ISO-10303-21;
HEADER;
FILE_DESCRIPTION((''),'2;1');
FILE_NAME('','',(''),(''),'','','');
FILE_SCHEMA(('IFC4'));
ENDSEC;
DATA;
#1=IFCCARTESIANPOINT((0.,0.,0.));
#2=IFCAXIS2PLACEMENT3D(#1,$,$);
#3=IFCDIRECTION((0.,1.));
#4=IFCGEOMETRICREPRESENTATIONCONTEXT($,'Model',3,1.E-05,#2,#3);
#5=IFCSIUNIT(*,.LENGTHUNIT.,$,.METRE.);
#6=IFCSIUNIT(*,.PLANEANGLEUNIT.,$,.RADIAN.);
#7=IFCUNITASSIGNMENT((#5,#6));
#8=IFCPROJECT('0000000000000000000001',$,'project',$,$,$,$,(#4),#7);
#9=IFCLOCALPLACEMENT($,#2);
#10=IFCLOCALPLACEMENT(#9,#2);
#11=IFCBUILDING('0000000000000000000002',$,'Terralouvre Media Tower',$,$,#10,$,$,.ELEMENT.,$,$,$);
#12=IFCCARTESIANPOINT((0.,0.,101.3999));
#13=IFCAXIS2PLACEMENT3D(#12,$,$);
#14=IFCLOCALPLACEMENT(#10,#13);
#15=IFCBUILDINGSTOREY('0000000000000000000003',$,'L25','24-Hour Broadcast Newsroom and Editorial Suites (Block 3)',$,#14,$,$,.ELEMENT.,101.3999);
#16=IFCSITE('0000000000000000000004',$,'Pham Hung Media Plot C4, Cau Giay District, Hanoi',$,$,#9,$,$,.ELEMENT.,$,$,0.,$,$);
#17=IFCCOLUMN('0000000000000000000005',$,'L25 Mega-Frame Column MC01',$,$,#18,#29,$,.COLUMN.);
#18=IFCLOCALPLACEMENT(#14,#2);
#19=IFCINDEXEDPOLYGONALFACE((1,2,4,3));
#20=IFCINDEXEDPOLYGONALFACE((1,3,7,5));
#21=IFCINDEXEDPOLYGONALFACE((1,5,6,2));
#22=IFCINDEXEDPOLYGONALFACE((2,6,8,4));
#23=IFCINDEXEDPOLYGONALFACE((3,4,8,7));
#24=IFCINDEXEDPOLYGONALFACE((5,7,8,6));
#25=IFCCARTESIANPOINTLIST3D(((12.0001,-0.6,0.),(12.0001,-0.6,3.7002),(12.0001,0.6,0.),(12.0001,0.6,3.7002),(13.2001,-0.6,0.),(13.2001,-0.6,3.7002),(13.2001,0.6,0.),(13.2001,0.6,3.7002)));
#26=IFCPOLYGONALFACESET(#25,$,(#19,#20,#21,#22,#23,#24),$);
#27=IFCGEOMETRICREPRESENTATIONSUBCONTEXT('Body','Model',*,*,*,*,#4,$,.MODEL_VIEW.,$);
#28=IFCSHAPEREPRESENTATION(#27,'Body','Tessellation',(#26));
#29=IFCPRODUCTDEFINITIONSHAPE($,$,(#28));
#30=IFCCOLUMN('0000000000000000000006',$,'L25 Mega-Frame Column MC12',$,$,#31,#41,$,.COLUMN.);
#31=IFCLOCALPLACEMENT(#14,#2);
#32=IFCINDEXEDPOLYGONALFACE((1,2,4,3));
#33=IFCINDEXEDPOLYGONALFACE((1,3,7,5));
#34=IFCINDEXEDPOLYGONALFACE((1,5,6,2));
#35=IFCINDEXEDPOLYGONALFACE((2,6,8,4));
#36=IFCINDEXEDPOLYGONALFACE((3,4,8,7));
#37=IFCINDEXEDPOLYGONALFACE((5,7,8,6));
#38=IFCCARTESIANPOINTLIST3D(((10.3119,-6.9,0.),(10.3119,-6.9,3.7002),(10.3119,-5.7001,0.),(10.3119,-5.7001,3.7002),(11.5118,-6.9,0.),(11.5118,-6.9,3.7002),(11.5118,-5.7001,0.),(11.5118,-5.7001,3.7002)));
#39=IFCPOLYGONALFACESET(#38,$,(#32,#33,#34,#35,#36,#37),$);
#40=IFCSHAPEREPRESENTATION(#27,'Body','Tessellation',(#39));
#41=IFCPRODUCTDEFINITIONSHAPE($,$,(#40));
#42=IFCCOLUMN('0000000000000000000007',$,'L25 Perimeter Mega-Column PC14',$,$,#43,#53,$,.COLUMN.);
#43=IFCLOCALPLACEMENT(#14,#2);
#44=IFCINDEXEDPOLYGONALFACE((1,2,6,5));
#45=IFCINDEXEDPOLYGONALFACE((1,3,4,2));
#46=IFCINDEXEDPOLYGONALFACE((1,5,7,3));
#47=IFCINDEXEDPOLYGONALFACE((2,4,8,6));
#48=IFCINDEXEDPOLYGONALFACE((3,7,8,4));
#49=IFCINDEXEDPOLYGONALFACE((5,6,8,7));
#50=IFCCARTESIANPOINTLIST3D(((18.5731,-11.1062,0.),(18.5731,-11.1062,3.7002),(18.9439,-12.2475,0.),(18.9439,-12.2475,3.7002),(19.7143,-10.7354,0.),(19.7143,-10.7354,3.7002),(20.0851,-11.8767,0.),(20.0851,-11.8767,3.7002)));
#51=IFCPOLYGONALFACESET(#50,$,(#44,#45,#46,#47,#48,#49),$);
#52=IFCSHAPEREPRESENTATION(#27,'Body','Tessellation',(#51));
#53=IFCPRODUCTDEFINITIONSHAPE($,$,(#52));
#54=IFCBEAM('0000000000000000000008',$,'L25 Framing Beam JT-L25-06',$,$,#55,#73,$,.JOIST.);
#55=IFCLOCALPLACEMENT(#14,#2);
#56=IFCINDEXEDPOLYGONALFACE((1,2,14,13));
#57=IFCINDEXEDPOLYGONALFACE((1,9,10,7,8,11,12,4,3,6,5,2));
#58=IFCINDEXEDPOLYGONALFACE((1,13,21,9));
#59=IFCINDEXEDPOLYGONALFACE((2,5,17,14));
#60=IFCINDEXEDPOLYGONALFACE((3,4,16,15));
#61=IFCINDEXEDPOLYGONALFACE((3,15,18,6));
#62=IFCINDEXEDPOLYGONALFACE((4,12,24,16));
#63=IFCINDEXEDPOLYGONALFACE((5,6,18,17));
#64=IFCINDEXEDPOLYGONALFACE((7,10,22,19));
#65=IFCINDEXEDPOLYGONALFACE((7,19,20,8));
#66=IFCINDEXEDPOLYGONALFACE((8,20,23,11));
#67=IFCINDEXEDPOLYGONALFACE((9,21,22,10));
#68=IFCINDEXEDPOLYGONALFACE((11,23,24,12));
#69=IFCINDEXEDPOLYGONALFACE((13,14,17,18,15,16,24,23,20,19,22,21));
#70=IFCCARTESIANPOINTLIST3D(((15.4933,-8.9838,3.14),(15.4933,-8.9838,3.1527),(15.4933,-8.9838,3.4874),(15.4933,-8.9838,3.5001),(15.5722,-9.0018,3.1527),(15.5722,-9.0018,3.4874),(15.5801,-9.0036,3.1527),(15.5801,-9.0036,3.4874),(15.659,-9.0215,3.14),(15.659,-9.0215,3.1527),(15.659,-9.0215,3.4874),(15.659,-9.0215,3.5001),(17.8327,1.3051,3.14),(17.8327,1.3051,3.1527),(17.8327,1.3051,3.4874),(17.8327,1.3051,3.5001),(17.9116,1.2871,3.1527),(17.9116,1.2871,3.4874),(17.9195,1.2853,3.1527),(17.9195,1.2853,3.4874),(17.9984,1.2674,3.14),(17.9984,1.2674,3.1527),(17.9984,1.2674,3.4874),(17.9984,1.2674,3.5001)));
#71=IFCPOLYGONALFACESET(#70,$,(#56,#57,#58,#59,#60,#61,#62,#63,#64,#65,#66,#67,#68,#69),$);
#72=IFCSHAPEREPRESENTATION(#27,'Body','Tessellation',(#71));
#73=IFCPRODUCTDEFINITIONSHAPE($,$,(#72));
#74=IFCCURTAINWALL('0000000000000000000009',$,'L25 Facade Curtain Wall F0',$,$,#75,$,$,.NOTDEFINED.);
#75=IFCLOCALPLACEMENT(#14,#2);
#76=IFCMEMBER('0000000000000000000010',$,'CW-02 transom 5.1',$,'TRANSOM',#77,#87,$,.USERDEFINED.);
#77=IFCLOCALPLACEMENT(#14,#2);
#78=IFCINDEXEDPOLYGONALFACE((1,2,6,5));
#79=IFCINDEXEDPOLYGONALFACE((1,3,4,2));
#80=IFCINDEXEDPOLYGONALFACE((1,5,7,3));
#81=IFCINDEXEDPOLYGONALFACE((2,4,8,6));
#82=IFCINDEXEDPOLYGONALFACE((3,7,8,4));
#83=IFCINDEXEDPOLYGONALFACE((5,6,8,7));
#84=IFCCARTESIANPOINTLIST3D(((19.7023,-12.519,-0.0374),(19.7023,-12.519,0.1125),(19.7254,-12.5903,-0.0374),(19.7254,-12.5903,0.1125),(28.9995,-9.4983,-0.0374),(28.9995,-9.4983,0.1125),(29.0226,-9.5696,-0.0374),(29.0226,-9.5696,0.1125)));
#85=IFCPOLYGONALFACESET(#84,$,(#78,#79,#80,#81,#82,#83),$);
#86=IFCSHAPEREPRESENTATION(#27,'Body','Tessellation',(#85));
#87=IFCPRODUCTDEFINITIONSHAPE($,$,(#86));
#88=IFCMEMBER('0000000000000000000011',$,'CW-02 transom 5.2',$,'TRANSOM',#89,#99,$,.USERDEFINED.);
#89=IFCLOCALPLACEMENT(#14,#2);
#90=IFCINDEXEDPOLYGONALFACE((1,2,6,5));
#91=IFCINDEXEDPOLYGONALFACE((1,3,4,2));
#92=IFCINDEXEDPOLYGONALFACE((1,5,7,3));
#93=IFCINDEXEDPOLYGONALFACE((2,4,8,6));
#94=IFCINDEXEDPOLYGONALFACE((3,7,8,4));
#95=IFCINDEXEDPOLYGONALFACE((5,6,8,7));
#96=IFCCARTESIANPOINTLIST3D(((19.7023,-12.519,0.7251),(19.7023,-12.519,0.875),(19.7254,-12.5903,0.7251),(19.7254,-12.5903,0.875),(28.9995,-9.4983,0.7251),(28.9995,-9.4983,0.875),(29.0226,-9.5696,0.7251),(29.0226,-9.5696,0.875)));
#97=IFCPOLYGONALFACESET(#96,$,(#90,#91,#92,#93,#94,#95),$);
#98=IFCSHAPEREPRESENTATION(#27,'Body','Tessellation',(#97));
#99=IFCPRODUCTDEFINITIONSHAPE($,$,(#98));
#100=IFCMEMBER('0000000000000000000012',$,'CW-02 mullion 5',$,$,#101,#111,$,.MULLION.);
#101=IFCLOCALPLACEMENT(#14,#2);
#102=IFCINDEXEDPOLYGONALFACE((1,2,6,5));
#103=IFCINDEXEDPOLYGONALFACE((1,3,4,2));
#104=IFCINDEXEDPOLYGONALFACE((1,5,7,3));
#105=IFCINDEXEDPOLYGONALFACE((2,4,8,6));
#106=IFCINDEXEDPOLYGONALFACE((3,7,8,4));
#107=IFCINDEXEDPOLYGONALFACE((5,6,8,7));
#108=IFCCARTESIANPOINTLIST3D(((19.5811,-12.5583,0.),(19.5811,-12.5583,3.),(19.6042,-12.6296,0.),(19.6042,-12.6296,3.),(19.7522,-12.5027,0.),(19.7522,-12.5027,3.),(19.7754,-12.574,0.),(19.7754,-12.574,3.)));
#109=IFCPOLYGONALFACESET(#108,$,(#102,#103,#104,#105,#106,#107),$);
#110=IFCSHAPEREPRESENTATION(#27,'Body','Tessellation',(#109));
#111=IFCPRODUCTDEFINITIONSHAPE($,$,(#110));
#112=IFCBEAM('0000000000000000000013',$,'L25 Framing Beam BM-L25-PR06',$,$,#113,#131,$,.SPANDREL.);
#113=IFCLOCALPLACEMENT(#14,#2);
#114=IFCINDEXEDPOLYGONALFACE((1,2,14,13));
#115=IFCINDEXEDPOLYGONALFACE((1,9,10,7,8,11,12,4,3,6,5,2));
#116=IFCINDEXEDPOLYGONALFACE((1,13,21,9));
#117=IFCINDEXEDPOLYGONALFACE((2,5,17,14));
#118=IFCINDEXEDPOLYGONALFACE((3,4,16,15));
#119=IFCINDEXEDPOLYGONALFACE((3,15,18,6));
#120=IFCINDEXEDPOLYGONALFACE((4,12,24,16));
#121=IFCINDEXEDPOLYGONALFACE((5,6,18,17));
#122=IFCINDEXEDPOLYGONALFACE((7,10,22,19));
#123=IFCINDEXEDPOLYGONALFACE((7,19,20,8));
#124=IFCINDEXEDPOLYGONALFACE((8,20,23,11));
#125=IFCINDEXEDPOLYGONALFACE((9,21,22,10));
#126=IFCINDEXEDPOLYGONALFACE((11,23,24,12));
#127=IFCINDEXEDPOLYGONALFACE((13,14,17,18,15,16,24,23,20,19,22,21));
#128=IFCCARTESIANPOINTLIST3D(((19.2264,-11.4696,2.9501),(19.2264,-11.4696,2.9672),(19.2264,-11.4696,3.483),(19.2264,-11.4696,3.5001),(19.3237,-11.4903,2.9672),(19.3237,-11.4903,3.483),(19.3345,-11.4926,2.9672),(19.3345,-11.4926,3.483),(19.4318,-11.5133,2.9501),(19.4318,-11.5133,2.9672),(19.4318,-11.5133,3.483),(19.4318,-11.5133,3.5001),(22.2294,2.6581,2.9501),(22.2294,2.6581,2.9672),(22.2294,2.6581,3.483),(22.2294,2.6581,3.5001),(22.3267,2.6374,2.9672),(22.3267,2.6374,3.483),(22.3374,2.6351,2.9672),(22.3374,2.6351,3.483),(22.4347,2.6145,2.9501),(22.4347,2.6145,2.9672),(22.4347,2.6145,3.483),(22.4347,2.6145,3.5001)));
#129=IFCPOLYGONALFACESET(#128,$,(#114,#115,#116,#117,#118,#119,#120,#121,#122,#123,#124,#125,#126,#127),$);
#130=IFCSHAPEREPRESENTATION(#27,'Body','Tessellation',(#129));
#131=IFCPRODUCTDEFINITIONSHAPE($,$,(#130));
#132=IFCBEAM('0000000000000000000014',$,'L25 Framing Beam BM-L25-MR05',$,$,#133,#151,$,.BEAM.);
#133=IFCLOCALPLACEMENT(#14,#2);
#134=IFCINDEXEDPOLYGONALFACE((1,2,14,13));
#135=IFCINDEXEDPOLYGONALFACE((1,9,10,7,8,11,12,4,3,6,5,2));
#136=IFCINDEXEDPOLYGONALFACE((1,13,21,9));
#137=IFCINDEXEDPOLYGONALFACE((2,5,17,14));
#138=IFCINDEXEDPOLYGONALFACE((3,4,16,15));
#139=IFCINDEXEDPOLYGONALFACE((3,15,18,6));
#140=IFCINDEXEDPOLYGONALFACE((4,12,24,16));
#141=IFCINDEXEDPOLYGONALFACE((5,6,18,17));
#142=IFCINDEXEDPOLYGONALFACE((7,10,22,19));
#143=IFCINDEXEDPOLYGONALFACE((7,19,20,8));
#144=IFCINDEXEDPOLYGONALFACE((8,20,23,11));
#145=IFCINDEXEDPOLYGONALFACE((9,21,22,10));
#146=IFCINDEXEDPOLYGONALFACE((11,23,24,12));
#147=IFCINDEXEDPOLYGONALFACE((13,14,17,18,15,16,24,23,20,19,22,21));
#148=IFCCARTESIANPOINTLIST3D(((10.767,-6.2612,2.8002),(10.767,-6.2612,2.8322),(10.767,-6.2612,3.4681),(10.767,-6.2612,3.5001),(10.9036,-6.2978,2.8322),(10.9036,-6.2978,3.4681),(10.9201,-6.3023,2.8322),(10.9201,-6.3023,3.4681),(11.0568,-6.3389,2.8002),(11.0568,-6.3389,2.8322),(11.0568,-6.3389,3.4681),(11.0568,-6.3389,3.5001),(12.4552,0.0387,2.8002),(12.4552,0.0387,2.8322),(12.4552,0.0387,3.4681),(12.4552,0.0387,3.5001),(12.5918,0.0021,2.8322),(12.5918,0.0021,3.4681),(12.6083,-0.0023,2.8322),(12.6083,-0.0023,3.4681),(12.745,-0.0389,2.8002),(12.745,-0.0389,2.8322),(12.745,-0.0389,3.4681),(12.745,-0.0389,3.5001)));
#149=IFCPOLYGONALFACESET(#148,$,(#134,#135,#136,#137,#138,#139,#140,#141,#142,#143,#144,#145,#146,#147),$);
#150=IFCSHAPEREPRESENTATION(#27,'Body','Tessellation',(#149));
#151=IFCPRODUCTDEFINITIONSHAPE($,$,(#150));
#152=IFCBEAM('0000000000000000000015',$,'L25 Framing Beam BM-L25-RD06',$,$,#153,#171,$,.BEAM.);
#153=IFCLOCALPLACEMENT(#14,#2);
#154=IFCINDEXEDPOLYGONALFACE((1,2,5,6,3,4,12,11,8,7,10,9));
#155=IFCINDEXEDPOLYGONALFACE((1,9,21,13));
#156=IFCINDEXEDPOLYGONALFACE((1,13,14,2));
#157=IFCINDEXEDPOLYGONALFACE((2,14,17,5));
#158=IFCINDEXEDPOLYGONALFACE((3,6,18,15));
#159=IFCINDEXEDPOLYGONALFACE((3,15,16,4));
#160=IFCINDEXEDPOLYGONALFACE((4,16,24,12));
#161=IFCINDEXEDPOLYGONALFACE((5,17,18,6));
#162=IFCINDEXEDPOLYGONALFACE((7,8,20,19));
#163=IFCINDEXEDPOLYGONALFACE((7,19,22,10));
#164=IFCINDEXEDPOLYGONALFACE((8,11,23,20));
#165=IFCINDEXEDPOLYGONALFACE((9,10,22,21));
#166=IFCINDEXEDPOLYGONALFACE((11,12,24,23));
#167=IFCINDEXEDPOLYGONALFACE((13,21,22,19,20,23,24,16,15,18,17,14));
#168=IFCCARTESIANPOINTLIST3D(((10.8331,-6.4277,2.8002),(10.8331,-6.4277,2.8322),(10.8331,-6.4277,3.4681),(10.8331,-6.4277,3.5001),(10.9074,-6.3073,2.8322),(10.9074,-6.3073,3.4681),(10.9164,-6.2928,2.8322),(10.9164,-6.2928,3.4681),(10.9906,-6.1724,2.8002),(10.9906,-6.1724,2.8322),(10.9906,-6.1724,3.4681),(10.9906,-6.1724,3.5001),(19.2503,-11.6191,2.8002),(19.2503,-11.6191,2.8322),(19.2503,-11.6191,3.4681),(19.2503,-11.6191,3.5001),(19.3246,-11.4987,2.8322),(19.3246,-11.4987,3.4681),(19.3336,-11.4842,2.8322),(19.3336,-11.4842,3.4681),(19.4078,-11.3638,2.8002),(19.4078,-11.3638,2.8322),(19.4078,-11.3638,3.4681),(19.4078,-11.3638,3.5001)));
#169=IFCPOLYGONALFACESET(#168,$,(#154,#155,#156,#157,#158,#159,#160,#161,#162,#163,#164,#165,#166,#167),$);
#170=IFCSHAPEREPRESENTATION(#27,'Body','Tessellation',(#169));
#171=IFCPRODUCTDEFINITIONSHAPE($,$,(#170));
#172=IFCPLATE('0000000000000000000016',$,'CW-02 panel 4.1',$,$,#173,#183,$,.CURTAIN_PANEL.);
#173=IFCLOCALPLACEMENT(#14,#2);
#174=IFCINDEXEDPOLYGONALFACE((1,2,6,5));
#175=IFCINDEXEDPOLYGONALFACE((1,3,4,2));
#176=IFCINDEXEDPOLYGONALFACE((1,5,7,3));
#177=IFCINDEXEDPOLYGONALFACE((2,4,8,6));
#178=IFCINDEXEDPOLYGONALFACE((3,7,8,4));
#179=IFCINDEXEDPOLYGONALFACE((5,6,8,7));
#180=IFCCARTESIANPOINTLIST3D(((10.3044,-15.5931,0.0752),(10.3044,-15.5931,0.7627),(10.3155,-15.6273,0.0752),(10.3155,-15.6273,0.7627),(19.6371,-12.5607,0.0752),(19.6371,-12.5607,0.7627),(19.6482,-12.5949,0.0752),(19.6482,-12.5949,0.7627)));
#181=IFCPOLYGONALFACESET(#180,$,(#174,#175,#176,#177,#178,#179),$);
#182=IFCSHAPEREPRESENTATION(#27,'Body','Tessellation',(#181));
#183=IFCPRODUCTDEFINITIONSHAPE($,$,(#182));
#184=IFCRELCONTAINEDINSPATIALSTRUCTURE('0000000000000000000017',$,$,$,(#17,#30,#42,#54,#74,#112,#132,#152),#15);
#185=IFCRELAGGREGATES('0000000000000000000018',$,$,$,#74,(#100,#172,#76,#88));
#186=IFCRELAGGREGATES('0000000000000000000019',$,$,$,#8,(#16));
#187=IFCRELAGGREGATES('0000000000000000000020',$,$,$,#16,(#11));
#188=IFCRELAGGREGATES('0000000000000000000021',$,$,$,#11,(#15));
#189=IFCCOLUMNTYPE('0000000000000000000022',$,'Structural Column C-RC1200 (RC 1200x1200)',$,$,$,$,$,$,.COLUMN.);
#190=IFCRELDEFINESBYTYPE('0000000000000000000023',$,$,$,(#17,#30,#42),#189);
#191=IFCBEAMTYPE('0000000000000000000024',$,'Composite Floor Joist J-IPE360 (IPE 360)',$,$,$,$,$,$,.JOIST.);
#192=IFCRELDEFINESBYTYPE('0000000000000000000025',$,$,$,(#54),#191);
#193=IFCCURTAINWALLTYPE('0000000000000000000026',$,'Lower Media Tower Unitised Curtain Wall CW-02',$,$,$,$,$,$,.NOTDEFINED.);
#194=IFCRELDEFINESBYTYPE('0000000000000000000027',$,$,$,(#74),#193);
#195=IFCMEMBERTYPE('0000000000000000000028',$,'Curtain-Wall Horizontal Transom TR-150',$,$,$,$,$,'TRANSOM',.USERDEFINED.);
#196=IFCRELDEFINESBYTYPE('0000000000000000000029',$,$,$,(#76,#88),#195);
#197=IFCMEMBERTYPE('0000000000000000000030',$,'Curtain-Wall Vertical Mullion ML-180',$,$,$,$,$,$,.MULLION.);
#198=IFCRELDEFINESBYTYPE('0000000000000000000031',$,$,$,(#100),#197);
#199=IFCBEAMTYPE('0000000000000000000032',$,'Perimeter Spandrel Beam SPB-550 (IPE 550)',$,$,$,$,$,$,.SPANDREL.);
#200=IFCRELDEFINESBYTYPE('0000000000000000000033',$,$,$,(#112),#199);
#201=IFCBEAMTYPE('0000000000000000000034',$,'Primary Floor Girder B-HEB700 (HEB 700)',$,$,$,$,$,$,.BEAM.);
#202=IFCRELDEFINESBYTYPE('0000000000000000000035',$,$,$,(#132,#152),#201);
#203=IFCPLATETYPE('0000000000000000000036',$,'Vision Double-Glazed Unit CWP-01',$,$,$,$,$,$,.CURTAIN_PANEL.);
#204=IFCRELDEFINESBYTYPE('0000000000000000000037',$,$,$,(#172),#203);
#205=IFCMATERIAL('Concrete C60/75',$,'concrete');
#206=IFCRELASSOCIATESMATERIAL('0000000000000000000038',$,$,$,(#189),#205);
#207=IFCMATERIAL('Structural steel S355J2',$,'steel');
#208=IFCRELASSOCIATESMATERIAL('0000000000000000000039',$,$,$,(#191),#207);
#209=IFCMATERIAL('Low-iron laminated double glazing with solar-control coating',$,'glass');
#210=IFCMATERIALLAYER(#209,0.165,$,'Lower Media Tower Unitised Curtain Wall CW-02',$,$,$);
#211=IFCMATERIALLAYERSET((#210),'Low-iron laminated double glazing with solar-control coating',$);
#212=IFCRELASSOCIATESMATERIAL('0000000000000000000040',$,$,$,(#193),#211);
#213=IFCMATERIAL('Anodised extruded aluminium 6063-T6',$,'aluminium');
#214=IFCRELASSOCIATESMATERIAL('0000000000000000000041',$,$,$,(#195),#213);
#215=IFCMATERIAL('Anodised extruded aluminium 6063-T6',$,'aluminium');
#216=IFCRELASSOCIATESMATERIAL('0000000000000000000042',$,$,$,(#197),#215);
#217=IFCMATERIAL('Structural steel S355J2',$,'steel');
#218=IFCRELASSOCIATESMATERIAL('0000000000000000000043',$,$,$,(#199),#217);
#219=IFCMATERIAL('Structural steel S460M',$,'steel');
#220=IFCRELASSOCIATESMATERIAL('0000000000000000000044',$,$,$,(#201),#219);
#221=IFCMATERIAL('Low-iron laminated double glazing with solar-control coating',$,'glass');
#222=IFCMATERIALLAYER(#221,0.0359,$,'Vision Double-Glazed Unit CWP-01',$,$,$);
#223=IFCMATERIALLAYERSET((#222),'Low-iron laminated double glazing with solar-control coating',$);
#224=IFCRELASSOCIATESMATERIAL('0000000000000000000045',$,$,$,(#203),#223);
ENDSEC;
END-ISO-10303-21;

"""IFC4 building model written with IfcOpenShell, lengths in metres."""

from ifc_helpers import new_model, si_unit, direction, frame, origin, origin_2d, place, context, subcontext, project, spatial, rectangle, i_section, extrude, material, layer, layer_set, material_profile, profile_set, type_object, element, aggregate, save


model = new_model("IFC4")

# Units and contexts
model_context = context("Model", 3, precision=1e-05, world=origin(), true_north=direction((0.0, 1.0)))
body_context = subcontext(model_context, "Body", "Model", "MODEL_VIEW")
ifc_project = project(units=[si_unit("LENGTHUNIT", "METRE"), si_unit("PLANEANGLEUNIT", "RADIAN")], contexts=[model_context])

# Site, building, storey
site_placement = place(None, origin())
site = spatial("IfcSite", under=ifc_project, at=site_placement, Name="Pham Hung Media Plot C4, Cau Giay District, Hanoi", CompositionType="ELEMENT", RefElevation=0.0)
building_placement = place(site_placement, origin())
building = spatial("IfcBuilding", under=site, at=building_placement, Name="Terralouvre Media Tower", CompositionType="ELEMENT")
storey_placement = place(building_placement, frame((0.0, 0.0, 101.3999)))
storey = spatial("IfcBuildingStorey", under=building, at=storey_placement, Name="L25", Description="24-Hour Broadcast Newsroom and Editorial Suites (Block 3)", CompositionType="ELEMENT", Elevation=101.3999)

# Columns
ifc_material_1 = material(Name="Concrete C60/75", Category="concrete")
ifc_material_profile_1 = material_profile(ifc_material_1, rectangle(XDim=1.2, YDim=1.2, at=origin_2d()), Name="RC 1200x1200")
ifc_profile_set_1 = profile_set([ifc_material_profile_1], Name="Concrete C60/75")
column_type = type_object("IfcColumnType", Name="Structural Column C-RC1200 (RC 1200x1200)", PredefinedType="COLUMN", material=ifc_profile_set_1)
for number, where, z_axis, x_axis, name in (
    (1, (12.6001, 0.0, 0.0), (0.0, 0.0, 1.0), (1.0, 0.0, 0.0), "L25 Mega-Frame Column MC01"),
    (2, (10.9119, -6.3, 0.0), (0.0, 0.0, 1.0), (1.0, 0.0, 0.0), "L25 Mega-Frame Column MC12"),
    (3, (19.3291, -11.4915, 0.0), (0.0, 0.0, 1.0), (0.951057, 0.309017, 0.0), "L25 Perimeter Mega-Column PC14"),
):
    element("IfcColumn", number, at=place(storey_placement, frame(where, z_axis=z_axis, x_axis=x_axis)), inside=storey, type_object=column_type, Name=name, PredefinedType="COLUMN", context=body_context, shape_type="SweptSolid", body=[
        extrude(rectangle(XDim=1.2, YDim=1.2, at=origin_2d()), origin(), (0.0, 0.0, 1.0), 3.7002),
    ])

# Beam
ifc_material_2 = material(Name="Structural steel S355J2", Category="steel")
ifc_material_profile_2 = material_profile(ifc_material_2, i_section(OverallWidth=0.1699, OverallDepth=0.3601, WebThickness=0.0081, FlangeThickness=0.0127, at=origin_2d()), Name="IPE 360")
ifc_profile_set_2 = profile_set([ifc_material_profile_2], Name="Structural steel S355J2")
beam_type_1 = type_object("IfcBeamType", Name="Composite Floor Joist J-IPE360 (IPE 360)", PredefinedType="JOIST", material=ifc_profile_set_2)
beam_1_placement = place(storey_placement, frame((15.5762, -9.0027, 3.3201), z_axis=(0.22171, 0.975113, 0.0), x_axis=(-0.975113, 0.22171, 0.0)))
element("IfcBeam", 4, at=beam_1_placement, inside=storey, type_object=beam_type_1, Name="L25 Framing Beam JT-L25-06", PredefinedType="JOIST", context=body_context, shape_type="SweptSolid", body=[
    extrude(i_section(OverallWidth=0.1699, OverallDepth=0.3601, WebThickness=0.0081, FlangeThickness=0.0127, at=origin_2d()), origin(), (0.0, 0.0, 1.0), 10.5515),
])

# Curtain wall, members
ifc_material_3 = material(Name="Low-iron laminated double glazing with solar-control coating", Category="glass")
ifc_layer_1 = layer(ifc_material_3, 0.165, Name="Lower Media Tower Unitised Curtain Wall CW-02")
ifc_layer_set_1 = layer_set([ifc_layer_1], Name="Low-iron laminated double glazing with solar-control coating")
curtain_wall_type = type_object("IfcCurtainWallType", Name="Lower Media Tower Unitised Curtain Wall CW-02", PredefinedType="NOTDEFINED", material=ifc_layer_set_1)
curtain_wall_placement = place(storey_placement, origin())
curtain_wall = element("IfcCurtainWall", 5, at=curtain_wall_placement, inside=storey, type_object=curtain_wall_type, Name="L25 Facade Curtain Wall F0", PredefinedType="NOTDEFINED")
ifc_material_4 = material(Name="Anodised extruded aluminium 6063-T6", Category="aluminium")
ifc_material_profile_3 = material_profile(ifc_material_4, rectangle(XDim=0.075, YDim=0.1499, at=origin_2d()), Name="ALU 75x150")
ifc_profile_set_3 = profile_set([ifc_material_profile_3], Name="Anodised extruded aluminium 6063-T6")
member_type_1 = type_object("IfcMemberType", Name="Curtain-Wall Horizontal Transom TR-150", ElementType="TRANSOM", PredefinedType="USERDEFINED", material=ifc_profile_set_3)
member_1_placement = place(storey_placement, frame((19.7139, -12.5547, 0.0376), z_axis=(0.951058, 0.309011, 0.0), x_axis=(-0.309011, 0.951058, 0.0)))
member_1 = element("IfcMember", 6, at=member_1_placement, type_object=member_type_1, Name="CW-02 transom 5.1", ObjectType="TRANSOM", PredefinedType="USERDEFINED", context=body_context, shape_type="SweptSolid", body=[
    extrude(rectangle(XDim=0.075, YDim=0.1499, at=origin_2d()), origin(), (0.0, 0.0, 1.0), 9.7756),
])
member_2_placement = place(storey_placement, frame((19.7139, -12.5547, 0.8), z_axis=(0.951058, 0.309011, 0.0), x_axis=(-0.309011, 0.951058, 0.0)))
member_2 = element("IfcMember", 7, at=member_2_placement, type_object=member_type_1, Name="CW-02 transom 5.2", ObjectType="TRANSOM", PredefinedType="USERDEFINED", context=body_context, shape_type="SweptSolid", body=[
    extrude(rectangle(XDim=0.075, YDim=0.1499, at=origin_2d()), origin(), (0.0, 0.0, 1.0), 9.7756),
])
ifc_material_5 = material(Name="Anodised extruded aluminium 6063-T6", Category="aluminium")
ifc_material_profile_4 = material_profile(ifc_material_5, rectangle(XDim=0.075, YDim=0.1799, at=origin_2d()), Name="ALU 75x180")
ifc_profile_set_4 = profile_set([ifc_material_profile_4], Name="Anodised extruded aluminium 6063-T6")
member_type_2 = type_object("IfcMemberType", Name="Curtain-Wall Vertical Mullion ML-180", PredefinedType="MULLION", material=ifc_profile_set_4)
member_3_placement = place(storey_placement, frame((19.6782, -12.5662, 0.0), z_axis=(0.0, 0.0, 1.0), x_axis=(-0.309017, 0.951057, 0.0)))
member_3 = element("IfcMember", 8, at=member_3_placement, type_object=member_type_2, Name="CW-02 mullion 5", PredefinedType="MULLION", context=body_context, shape_type="SweptSolid", body=[
    extrude(rectangle(XDim=0.075, YDim=0.1799, at=origin_2d()), origin(), (0.0, 0.0, 1.0), 3.0),
])

# Beams
ifc_material_6 = material(Name="Structural steel S355J2", Category="steel")
ifc_material_profile_5 = material_profile(ifc_material_6, i_section(OverallWidth=0.21, OverallDepth=0.55, WebThickness=0.011, FlangeThickness=0.0171, at=origin_2d()), Name="IPE 550")
ifc_profile_set_5 = profile_set([ifc_material_profile_5], Name="Structural steel S355J2")
beam_type_2 = type_object("IfcBeamType", Name="Perimeter Spandrel Beam SPB-550 (IPE 550)", PredefinedType="SPANDREL", material=ifc_profile_set_5)
beam_2_placement = place(storey_placement, frame((19.3291, -11.4915, 3.2251), z_axis=(0.207912, 0.978148, 0.0), x_axis=(-0.978148, 0.207912, 0.0)))
element("IfcBeam", 9, at=beam_2_placement, inside=storey, type_object=beam_type_2, Name="L25 Framing Beam BM-L25-PR06", PredefinedType="SPANDREL", context=body_context, shape_type="SweptSolid", body=[
    extrude(i_section(OverallWidth=0.21, OverallDepth=0.55, WebThickness=0.011, FlangeThickness=0.0171, at=origin_2d()), origin(), (0.0, 0.0, 1.0), 14.4434),
])
ifc_material_7 = material(Name="Structural steel S460M", Category="steel")
ifc_material_profile_6 = material_profile(ifc_material_7, i_section(OverallWidth=0.3, OverallDepth=0.7, WebThickness=0.0171, FlangeThickness=0.032, at=origin_2d()), Name="HEB 700")
ifc_profile_set_6 = profile_set([ifc_material_profile_6], Name="Structural steel S460M")
beam_type_3 = type_object("IfcBeamType", Name="Primary Floor Girder B-HEB700 (HEB 700)", PredefinedType="BEAM", material=ifc_profile_set_6)
beam_3_placement = place(storey_placement, frame((10.9119, -6.3, 3.1501), z_axis=(0.258839, 0.96592, 0.0), x_axis=(-0.96592, 0.258839, 0.0)))
element("IfcBeam", 10, at=beam_3_placement, inside=storey, type_object=beam_type_3, Name="L25 Framing Beam BM-L25-MR05", PredefinedType="BEAM", context=body_context, shape_type="SweptSolid", body=[
    extrude(i_section(OverallWidth=0.3, OverallDepth=0.7, WebThickness=0.0171, FlangeThickness=0.032, at=origin_2d()), origin(), (0.0, 0.0, 1.0), 6.5222),
])
beam_4_placement = place(storey_placement, frame((10.9119, -6.3, 3.1501), z_axis=(0.851136, -0.524946, 0.0), x_axis=(0.524946, 0.851136, 0.0)))
element("IfcBeam", 11, at=beam_4_placement, inside=storey, type_object=beam_type_3, Name="L25 Framing Beam BM-L25-RD06", PredefinedType="BEAM", context=body_context, shape_type="SweptSolid", body=[
    extrude(i_section(OverallWidth=0.3, OverallDepth=0.7, WebThickness=0.0171, FlangeThickness=0.032, at=origin_2d()), origin(), (0.0, 0.0, 1.0), 9.8894),
])

# Plate
ifc_material_8 = material(Name="Low-iron laminated double glazing with solar-control coating", Category="glass")
ifc_layer_2 = layer(ifc_material_8, 0.0359, Name="Vision Double-Glazed Unit CWP-01")
ifc_layer_set_2 = layer_set([ifc_layer_2], Name="Low-iron laminated double glazing with solar-control coating")
plate_type = type_object("IfcPlateType", Name="Vision Double-Glazed Unit CWP-01", PredefinedType="CURTAIN_PANEL", material=ifc_layer_set_2)
plate_1_placement = place(storey_placement, frame((14.9763, -14.094, 0.0752), z_axis=(0.0, 0.0, 1.0), x_axis=(0.951057, 0.309017, 0.0)))
plate_1 = element("IfcPlate", 12, at=plate_1_placement, type_object=plate_type, Name="CW-02 panel 4.1", PredefinedType="CURTAIN_PANEL", context=body_context, shape_type="SweptSolid", body=[
    extrude(rectangle(XDim=9.813, YDim=0.0359, at=origin_2d()), origin(), (0.0, 0.0, 1.0), 0.6875),
])
aggregate(curtain_wall, [member_3, plate_1, member_1, member_2])

save(model, "model.ifc")
